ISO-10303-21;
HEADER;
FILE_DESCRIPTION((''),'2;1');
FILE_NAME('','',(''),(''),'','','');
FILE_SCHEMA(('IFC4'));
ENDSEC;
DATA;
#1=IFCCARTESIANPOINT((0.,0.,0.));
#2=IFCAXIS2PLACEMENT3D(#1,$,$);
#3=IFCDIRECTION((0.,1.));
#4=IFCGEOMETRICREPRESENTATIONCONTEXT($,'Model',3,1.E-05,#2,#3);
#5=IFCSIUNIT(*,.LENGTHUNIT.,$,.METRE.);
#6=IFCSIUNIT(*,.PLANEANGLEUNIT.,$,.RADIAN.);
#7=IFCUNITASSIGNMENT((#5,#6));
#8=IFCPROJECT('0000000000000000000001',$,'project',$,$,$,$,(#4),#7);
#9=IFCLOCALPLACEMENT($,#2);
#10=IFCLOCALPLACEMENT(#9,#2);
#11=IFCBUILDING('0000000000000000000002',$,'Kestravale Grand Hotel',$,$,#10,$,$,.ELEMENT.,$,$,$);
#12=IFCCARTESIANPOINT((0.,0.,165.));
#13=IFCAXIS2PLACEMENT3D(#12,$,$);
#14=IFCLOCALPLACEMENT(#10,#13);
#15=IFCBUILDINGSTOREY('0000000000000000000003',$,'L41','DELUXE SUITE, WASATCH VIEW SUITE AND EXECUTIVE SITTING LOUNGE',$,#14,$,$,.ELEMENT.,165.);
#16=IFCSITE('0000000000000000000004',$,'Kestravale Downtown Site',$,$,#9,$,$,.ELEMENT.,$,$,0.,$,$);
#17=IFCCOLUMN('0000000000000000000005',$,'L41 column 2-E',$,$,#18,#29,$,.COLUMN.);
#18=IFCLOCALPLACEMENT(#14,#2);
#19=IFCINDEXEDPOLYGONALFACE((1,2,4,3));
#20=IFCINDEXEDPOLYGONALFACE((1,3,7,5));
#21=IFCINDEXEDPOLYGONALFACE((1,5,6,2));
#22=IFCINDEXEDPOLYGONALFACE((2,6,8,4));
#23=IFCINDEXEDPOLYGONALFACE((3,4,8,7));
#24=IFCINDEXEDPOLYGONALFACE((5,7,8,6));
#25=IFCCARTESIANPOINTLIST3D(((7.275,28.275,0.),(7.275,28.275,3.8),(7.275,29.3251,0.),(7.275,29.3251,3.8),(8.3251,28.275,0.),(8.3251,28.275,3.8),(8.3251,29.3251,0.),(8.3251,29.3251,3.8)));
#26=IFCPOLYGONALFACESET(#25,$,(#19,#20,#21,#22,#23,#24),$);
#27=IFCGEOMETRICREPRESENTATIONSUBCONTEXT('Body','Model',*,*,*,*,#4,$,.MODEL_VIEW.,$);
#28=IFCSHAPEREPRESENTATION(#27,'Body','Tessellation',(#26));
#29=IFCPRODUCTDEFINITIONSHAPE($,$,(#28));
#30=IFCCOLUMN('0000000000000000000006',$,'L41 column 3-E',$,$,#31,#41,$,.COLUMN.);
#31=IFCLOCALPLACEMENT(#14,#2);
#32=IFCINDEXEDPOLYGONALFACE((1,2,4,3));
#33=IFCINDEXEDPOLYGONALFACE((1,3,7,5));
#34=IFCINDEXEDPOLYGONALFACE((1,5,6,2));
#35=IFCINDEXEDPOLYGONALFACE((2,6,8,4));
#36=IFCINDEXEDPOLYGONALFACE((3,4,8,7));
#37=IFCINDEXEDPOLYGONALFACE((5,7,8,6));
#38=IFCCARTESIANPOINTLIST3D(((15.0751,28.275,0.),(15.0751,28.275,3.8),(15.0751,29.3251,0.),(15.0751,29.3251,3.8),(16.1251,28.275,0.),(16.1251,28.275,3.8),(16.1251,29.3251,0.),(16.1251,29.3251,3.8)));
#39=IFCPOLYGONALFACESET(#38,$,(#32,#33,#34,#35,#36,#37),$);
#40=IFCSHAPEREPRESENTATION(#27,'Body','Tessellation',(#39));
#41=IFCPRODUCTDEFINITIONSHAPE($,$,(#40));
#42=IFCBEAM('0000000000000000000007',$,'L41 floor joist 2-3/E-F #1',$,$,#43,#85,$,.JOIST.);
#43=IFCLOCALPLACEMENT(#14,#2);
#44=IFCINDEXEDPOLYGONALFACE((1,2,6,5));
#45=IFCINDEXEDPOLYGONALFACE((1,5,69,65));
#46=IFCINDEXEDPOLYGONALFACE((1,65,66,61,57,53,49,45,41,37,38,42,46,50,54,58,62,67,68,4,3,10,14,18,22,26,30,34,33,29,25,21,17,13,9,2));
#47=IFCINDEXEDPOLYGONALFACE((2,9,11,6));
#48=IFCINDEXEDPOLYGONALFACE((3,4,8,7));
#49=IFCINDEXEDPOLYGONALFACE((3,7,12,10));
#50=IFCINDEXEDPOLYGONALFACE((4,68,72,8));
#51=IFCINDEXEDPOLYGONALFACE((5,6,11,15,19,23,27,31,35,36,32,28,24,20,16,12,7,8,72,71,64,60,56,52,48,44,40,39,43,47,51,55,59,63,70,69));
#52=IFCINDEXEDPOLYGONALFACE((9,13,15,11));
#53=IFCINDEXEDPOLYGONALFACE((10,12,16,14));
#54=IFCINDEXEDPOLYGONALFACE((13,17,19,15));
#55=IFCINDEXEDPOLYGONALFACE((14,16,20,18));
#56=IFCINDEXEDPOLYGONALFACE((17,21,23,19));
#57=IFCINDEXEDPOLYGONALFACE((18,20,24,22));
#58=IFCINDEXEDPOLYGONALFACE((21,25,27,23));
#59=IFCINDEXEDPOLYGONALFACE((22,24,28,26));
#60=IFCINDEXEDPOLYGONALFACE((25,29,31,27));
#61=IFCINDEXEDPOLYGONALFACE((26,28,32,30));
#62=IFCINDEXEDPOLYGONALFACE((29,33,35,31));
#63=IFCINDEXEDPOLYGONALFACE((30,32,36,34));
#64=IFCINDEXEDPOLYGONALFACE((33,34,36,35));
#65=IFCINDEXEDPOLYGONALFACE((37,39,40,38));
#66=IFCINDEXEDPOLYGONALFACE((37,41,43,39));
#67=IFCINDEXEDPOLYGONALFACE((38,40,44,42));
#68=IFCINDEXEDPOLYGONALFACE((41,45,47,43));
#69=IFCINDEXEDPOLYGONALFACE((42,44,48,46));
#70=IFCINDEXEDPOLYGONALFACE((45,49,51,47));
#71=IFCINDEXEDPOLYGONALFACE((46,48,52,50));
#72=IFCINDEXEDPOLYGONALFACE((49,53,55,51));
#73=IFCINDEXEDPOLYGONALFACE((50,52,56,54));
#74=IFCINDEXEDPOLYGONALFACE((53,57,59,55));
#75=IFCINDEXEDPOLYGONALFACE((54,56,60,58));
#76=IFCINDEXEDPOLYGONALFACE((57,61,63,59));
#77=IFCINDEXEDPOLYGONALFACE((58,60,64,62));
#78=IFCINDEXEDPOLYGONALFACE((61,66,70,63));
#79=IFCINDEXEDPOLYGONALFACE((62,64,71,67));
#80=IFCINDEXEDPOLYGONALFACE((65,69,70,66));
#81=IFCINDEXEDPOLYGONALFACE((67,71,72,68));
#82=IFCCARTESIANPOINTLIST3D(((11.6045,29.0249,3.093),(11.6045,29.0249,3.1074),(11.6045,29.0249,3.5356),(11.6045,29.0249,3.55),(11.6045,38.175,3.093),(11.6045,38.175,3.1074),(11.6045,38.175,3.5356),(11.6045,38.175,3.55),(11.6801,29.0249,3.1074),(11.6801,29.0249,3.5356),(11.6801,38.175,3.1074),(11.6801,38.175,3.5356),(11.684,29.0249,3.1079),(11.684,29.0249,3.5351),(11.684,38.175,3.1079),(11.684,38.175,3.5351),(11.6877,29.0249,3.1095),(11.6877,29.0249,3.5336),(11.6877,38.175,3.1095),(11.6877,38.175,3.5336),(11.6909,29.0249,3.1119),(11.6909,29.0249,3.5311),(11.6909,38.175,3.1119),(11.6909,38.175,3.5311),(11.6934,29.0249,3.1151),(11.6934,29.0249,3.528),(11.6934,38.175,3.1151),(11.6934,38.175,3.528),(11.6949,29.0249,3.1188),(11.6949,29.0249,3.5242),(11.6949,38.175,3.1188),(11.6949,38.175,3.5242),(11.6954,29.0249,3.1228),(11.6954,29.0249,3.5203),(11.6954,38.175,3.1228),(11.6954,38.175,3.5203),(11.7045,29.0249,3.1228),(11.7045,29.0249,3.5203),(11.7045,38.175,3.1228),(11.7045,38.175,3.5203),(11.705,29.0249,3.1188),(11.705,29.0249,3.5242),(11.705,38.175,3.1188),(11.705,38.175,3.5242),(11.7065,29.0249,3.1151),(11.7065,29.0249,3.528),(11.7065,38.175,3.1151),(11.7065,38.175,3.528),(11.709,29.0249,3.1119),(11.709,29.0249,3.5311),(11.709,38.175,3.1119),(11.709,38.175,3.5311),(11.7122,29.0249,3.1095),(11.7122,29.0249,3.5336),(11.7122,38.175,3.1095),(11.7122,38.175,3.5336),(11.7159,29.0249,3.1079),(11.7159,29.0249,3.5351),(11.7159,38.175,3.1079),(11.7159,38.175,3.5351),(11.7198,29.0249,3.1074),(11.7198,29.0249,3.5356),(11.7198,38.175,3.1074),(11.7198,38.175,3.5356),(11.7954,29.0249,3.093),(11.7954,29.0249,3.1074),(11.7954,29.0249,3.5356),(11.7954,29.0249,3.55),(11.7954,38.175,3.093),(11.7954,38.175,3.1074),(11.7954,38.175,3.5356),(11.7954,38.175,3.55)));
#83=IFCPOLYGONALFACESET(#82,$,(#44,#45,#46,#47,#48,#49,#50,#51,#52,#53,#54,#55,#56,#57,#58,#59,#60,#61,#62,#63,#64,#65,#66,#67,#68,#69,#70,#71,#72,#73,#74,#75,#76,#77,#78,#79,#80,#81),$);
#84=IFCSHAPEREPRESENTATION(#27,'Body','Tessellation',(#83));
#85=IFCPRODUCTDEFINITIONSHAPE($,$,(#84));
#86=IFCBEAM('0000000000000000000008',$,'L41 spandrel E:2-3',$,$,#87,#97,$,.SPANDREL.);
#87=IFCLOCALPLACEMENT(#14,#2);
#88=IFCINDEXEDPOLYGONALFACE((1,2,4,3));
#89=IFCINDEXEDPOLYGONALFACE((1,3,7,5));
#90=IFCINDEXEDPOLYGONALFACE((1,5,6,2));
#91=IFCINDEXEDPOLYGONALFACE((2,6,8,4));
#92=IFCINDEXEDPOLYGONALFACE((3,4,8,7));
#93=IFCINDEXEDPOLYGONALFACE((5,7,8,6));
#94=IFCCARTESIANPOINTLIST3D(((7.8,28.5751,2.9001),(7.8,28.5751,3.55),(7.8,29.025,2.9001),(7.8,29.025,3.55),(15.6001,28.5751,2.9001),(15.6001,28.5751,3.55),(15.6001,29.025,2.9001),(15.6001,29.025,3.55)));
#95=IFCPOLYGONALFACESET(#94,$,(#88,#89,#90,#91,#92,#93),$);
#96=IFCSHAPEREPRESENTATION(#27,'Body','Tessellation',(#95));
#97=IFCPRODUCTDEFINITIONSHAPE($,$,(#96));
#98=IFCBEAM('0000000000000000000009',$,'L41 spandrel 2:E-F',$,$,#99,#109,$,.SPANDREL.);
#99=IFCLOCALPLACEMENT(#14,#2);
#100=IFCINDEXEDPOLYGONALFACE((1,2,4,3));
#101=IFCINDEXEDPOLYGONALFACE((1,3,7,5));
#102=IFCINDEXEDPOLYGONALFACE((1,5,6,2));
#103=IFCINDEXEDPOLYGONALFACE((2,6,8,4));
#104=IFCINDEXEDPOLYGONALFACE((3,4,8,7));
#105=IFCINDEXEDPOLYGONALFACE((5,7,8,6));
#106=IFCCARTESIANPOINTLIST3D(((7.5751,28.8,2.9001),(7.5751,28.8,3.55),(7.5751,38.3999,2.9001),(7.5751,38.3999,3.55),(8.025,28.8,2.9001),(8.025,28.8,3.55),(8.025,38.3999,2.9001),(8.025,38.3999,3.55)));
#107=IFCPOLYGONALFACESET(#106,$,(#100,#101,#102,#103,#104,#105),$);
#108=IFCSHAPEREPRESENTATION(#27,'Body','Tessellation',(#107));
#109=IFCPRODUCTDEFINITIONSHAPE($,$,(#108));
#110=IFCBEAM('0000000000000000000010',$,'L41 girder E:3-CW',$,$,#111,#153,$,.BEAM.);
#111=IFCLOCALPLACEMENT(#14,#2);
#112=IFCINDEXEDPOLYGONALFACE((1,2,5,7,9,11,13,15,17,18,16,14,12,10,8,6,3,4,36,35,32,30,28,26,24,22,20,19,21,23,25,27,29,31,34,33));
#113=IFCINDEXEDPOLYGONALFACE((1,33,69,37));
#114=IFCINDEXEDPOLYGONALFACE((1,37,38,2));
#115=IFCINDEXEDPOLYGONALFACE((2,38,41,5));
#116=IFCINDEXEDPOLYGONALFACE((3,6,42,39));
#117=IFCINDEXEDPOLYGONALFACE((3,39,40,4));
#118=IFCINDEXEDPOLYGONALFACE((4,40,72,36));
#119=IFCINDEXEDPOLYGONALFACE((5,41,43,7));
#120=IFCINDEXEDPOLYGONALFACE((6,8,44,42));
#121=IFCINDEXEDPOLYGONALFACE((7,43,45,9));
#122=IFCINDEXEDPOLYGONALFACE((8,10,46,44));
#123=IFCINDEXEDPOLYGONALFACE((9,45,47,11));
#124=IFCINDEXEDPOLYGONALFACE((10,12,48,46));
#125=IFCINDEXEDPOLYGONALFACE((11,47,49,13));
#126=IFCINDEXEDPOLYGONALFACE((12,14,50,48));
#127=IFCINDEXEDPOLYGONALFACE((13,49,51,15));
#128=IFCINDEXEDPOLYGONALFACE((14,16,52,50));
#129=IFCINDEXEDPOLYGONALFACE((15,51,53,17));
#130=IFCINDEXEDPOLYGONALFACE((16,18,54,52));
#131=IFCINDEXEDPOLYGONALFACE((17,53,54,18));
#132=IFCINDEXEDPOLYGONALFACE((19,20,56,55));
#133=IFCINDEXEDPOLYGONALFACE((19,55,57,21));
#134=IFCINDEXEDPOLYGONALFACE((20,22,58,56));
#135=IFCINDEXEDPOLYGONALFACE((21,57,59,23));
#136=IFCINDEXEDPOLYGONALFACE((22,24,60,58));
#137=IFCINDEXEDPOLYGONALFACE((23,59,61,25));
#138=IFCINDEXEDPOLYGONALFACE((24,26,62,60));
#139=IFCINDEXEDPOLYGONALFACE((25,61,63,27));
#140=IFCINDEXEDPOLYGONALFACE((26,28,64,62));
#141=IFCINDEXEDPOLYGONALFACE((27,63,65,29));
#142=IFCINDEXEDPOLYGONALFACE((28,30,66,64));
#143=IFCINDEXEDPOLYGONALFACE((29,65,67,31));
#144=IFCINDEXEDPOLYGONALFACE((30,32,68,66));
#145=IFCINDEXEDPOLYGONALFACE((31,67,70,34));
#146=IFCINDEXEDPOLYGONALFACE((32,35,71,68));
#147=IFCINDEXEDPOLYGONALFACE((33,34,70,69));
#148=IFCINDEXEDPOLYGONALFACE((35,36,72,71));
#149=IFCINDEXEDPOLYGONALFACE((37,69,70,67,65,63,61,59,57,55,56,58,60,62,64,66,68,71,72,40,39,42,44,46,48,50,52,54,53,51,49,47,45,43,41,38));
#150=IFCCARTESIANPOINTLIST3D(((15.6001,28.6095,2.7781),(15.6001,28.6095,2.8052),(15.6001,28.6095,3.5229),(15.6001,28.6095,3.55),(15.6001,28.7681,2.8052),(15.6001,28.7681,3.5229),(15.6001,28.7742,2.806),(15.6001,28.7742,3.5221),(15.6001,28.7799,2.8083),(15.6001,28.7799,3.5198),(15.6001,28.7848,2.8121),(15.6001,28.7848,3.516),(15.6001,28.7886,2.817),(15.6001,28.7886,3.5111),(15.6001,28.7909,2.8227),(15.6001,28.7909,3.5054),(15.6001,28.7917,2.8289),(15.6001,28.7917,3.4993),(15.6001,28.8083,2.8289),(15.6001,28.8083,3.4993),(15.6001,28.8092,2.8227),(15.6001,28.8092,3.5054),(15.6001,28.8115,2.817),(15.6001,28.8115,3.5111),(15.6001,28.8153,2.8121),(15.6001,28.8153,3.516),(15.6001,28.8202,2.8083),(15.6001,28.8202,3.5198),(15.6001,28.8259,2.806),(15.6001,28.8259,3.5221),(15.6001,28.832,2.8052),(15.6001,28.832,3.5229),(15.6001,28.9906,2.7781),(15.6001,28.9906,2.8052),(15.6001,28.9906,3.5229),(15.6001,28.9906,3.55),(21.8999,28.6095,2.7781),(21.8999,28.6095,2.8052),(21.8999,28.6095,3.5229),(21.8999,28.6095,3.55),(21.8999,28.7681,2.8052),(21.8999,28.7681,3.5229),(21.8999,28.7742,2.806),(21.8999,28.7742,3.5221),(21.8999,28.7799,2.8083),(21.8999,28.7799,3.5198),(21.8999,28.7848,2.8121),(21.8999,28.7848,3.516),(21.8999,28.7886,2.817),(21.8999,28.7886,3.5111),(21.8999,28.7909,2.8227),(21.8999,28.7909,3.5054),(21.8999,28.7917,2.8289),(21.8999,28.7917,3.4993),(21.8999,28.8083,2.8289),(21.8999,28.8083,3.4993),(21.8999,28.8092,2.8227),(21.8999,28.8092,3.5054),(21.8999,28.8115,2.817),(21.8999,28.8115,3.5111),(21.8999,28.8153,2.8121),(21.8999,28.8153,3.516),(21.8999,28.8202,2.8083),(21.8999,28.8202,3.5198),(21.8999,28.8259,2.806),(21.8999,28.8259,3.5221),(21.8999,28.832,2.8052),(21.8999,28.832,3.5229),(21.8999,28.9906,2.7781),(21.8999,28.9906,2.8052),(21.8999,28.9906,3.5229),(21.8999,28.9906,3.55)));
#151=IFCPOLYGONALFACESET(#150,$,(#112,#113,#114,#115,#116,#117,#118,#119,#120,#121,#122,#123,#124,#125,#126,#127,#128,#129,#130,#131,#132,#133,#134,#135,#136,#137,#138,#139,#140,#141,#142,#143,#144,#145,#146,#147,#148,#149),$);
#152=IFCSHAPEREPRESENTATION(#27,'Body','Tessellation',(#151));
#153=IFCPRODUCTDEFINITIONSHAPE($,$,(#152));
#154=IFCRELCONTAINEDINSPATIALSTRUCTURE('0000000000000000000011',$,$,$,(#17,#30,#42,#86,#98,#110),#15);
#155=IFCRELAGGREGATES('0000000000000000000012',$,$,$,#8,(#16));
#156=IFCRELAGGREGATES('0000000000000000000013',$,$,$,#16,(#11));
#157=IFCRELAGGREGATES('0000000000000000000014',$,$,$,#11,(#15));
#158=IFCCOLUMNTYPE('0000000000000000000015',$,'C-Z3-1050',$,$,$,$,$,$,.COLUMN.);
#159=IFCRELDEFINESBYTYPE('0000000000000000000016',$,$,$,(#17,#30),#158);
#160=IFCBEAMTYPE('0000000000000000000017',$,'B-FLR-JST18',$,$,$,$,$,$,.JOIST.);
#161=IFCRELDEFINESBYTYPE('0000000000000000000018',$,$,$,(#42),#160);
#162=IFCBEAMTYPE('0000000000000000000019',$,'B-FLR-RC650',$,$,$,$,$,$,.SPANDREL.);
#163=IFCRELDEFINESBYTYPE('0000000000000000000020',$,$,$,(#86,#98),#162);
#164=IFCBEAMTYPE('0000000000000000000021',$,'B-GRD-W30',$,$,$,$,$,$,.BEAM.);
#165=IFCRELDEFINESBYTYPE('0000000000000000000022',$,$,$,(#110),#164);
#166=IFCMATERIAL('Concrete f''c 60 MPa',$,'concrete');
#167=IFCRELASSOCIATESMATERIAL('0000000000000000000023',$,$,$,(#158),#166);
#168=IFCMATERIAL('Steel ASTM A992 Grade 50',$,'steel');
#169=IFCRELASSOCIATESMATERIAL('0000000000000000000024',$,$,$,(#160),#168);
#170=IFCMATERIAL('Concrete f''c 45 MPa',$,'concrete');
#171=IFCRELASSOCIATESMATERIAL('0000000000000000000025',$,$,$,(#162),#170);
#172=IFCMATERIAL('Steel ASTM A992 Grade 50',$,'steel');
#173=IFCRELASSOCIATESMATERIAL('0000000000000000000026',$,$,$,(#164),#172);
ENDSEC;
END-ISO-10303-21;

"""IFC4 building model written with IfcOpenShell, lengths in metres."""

from ifc_helpers import new_model, si_unit, direction, frame, origin, origin_2d, place, context, subcontext, project, spatial, rectangle, i_section, extrude, material, material_profile, profile_set, type_object, element, save


model = new_model("IFC4")

# Units and contexts
model_context = context("Model", 3, precision=1e-05, world=origin(), true_north=direction((0.0, 1.0)))
body_context = subcontext(model_context, "Body", "Model", "MODEL_VIEW")
ifc_project = project(units=[si_unit("LENGTHUNIT", "METRE"), si_unit("PLANEANGLEUNIT", "RADIAN")], contexts=[model_context])

# Site, building, storey
site_placement = place(None, origin())
site = spatial("IfcSite", under=ifc_project, at=site_placement, Name="Kestravale Downtown Site", CompositionType="ELEMENT", RefElevation=0.0)
building_placement = place(site_placement, origin())
building = spatial("IfcBuilding", under=site, at=building_placement, Name="Kestravale Grand Hotel", CompositionType="ELEMENT")
storey_placement = place(building_placement, frame((0.0, 0.0, 165.0)))
storey = spatial("IfcBuildingStorey", under=building, at=storey_placement, Name="L41", Description="DELUXE SUITE, WASATCH VIEW SUITE AND EXECUTIVE SITTING LOUNGE", CompositionType="ELEMENT", Elevation=165.0)

# Columns
ifc_material_1 = material(Name="Concrete f'c 60 MPa", Category="concrete")
ifc_material_profile_1 = material_profile(ifc_material_1, rectangle(XDim=1.05, YDim=1.05, at=origin_2d()))
ifc_profile_set_1 = profile_set([ifc_material_profile_1], Name="Concrete f'c 60 MPa")
column_type = type_object("IfcColumnType", Name="C-Z3-1050", PredefinedType="COLUMN", material=ifc_profile_set_1)
for number, where, z_axis, x_axis, name in (
    (1, (7.8, 28.8, 0.0), (0.0, 0.0, 1.0), (1.0, 0.0, 0.0), "L41 column 2-E"),
    (2, (15.6001, 28.8, 0.0), (0.0, 0.0, 1.0), (1.0, 0.0, 0.0), "L41 column 3-E"),
):
    element("IfcColumn", number, at=place(storey_placement, frame(where, z_axis=z_axis, x_axis=x_axis)), inside=storey, type_object=column_type, Name=name, PredefinedType="COLUMN", context=body_context, shape_type="SweptSolid", body=[
        extrude(rectangle(XDim=1.05, YDim=1.05, at=origin_2d()), origin(), (0.0, 0.0, 1.0), 3.8),
    ])

# Beams
ifc_material_2 = material(Name="Steel ASTM A992 Grade 50", Category="steel")
ifc_material_profile_2 = material_profile(ifc_material_2, i_section(OverallWidth=0.1909, OverallDepth=0.457, WebThickness=0.009, FlangeThickness=0.0144, FilletRadius=0.0154, at=origin_2d()))
ifc_profile_set_2 = profile_set([ifc_material_profile_2], Name="Steel ASTM A992 Grade 50")
beam_type_1 = type_object("IfcBeamType", Name="B-FLR-JST18", PredefinedType="JOIST", material=ifc_profile_set_2)
beam_1_placement = place(storey_placement, frame((11.7, 29.0249, 3.3215), z_axis=(0.0, 1.0, 0.0), x_axis=(-1.0, 0.0, 0.0)))
element("IfcBeam", 3, at=beam_1_placement, inside=storey, type_object=beam_type_1, Name="L41 floor joist 2-3/E-F #1", PredefinedType="JOIST", context=body_context, shape_type="SweptSolid", body=[
    extrude(i_section(OverallWidth=0.1909, OverallDepth=0.457, WebThickness=0.009, FlangeThickness=0.0144, FilletRadius=0.0154, at=origin_2d()), origin(), (0.0, 0.0, 1.0), 9.1501),
])
ifc_material_3 = material(Name="Concrete f'c 45 MPa", Category="concrete")
ifc_material_profile_3 = material_profile(ifc_material_3, rectangle(XDim=0.45, YDim=0.6499, at=origin_2d()))
ifc_profile_set_3 = profile_set([ifc_material_profile_3], Name="Concrete f'c 45 MPa")
beam_type_2 = type_object("IfcBeamType", Name="B-FLR-RC650", PredefinedType="SPANDREL", material=ifc_profile_set_3)
beam_2_placement = place(storey_placement, frame((7.8, 28.8, 3.2251), z_axis=(1.0, 0.0, 0.0), x_axis=(0.0, 1.0, 0.0)))
element("IfcBeam", 4, at=beam_2_placement, inside=storey, type_object=beam_type_2, Name="L41 spandrel E:2-3", PredefinedType="SPANDREL", context=body_context, shape_type="SweptSolid", body=[
    extrude(rectangle(XDim=0.45, YDim=0.6499, at=origin_2d()), origin(), (0.0, 0.0, 1.0), 7.8),
])
beam_3_placement = place(storey_placement, frame((7.8, 28.8, 3.2251), z_axis=(0.0, 1.0, 0.0), x_axis=(-1.0, 0.0, 0.0)))
element("IfcBeam", 5, at=beam_3_placement, inside=storey, type_object=beam_type_2, Name="L41 spandrel 2:E-F", PredefinedType="SPANDREL", context=body_context, shape_type="SweptSolid", body=[
    extrude(rectangle(XDim=0.45, YDim=0.6499, at=origin_2d()), origin(), (0.0, 0.0, 1.0), 9.5999),
])
ifc_material_4 = material(Name="Steel ASTM A992 Grade 50", Category="steel")
ifc_material_profile_4 = material_profile(ifc_material_4, i_section(OverallWidth=0.3811, OverallDepth=0.772, WebThickness=0.0166, FlangeThickness=0.0271, FilletRadius=0.0237, at=origin_2d()))
ifc_profile_set_4 = profile_set([ifc_material_profile_4], Name="Steel ASTM A992 Grade 50")
beam_type_3 = type_object("IfcBeamType", Name="B-GRD-W30", PredefinedType="BEAM", material=ifc_profile_set_4)
beam_4_placement = place(storey_placement, frame((15.6001, 28.8, 3.1641), z_axis=(1.0, 0.0, 0.0), x_axis=(0.0, 1.0, 0.0)))
element("IfcBeam", 6, at=beam_4_placement, inside=storey, type_object=beam_type_3, Name="L41 girder E:3-CW", PredefinedType="BEAM", context=body_context, shape_type="SweptSolid", body=[
    extrude(i_section(OverallWidth=0.3811, OverallDepth=0.772, WebThickness=0.0166, FlangeThickness=0.0271, FilletRadius=0.0237, at=origin_2d()), origin(), (0.0, 0.0, 1.0), 6.2998),
])

save(model, "model.ifc")
